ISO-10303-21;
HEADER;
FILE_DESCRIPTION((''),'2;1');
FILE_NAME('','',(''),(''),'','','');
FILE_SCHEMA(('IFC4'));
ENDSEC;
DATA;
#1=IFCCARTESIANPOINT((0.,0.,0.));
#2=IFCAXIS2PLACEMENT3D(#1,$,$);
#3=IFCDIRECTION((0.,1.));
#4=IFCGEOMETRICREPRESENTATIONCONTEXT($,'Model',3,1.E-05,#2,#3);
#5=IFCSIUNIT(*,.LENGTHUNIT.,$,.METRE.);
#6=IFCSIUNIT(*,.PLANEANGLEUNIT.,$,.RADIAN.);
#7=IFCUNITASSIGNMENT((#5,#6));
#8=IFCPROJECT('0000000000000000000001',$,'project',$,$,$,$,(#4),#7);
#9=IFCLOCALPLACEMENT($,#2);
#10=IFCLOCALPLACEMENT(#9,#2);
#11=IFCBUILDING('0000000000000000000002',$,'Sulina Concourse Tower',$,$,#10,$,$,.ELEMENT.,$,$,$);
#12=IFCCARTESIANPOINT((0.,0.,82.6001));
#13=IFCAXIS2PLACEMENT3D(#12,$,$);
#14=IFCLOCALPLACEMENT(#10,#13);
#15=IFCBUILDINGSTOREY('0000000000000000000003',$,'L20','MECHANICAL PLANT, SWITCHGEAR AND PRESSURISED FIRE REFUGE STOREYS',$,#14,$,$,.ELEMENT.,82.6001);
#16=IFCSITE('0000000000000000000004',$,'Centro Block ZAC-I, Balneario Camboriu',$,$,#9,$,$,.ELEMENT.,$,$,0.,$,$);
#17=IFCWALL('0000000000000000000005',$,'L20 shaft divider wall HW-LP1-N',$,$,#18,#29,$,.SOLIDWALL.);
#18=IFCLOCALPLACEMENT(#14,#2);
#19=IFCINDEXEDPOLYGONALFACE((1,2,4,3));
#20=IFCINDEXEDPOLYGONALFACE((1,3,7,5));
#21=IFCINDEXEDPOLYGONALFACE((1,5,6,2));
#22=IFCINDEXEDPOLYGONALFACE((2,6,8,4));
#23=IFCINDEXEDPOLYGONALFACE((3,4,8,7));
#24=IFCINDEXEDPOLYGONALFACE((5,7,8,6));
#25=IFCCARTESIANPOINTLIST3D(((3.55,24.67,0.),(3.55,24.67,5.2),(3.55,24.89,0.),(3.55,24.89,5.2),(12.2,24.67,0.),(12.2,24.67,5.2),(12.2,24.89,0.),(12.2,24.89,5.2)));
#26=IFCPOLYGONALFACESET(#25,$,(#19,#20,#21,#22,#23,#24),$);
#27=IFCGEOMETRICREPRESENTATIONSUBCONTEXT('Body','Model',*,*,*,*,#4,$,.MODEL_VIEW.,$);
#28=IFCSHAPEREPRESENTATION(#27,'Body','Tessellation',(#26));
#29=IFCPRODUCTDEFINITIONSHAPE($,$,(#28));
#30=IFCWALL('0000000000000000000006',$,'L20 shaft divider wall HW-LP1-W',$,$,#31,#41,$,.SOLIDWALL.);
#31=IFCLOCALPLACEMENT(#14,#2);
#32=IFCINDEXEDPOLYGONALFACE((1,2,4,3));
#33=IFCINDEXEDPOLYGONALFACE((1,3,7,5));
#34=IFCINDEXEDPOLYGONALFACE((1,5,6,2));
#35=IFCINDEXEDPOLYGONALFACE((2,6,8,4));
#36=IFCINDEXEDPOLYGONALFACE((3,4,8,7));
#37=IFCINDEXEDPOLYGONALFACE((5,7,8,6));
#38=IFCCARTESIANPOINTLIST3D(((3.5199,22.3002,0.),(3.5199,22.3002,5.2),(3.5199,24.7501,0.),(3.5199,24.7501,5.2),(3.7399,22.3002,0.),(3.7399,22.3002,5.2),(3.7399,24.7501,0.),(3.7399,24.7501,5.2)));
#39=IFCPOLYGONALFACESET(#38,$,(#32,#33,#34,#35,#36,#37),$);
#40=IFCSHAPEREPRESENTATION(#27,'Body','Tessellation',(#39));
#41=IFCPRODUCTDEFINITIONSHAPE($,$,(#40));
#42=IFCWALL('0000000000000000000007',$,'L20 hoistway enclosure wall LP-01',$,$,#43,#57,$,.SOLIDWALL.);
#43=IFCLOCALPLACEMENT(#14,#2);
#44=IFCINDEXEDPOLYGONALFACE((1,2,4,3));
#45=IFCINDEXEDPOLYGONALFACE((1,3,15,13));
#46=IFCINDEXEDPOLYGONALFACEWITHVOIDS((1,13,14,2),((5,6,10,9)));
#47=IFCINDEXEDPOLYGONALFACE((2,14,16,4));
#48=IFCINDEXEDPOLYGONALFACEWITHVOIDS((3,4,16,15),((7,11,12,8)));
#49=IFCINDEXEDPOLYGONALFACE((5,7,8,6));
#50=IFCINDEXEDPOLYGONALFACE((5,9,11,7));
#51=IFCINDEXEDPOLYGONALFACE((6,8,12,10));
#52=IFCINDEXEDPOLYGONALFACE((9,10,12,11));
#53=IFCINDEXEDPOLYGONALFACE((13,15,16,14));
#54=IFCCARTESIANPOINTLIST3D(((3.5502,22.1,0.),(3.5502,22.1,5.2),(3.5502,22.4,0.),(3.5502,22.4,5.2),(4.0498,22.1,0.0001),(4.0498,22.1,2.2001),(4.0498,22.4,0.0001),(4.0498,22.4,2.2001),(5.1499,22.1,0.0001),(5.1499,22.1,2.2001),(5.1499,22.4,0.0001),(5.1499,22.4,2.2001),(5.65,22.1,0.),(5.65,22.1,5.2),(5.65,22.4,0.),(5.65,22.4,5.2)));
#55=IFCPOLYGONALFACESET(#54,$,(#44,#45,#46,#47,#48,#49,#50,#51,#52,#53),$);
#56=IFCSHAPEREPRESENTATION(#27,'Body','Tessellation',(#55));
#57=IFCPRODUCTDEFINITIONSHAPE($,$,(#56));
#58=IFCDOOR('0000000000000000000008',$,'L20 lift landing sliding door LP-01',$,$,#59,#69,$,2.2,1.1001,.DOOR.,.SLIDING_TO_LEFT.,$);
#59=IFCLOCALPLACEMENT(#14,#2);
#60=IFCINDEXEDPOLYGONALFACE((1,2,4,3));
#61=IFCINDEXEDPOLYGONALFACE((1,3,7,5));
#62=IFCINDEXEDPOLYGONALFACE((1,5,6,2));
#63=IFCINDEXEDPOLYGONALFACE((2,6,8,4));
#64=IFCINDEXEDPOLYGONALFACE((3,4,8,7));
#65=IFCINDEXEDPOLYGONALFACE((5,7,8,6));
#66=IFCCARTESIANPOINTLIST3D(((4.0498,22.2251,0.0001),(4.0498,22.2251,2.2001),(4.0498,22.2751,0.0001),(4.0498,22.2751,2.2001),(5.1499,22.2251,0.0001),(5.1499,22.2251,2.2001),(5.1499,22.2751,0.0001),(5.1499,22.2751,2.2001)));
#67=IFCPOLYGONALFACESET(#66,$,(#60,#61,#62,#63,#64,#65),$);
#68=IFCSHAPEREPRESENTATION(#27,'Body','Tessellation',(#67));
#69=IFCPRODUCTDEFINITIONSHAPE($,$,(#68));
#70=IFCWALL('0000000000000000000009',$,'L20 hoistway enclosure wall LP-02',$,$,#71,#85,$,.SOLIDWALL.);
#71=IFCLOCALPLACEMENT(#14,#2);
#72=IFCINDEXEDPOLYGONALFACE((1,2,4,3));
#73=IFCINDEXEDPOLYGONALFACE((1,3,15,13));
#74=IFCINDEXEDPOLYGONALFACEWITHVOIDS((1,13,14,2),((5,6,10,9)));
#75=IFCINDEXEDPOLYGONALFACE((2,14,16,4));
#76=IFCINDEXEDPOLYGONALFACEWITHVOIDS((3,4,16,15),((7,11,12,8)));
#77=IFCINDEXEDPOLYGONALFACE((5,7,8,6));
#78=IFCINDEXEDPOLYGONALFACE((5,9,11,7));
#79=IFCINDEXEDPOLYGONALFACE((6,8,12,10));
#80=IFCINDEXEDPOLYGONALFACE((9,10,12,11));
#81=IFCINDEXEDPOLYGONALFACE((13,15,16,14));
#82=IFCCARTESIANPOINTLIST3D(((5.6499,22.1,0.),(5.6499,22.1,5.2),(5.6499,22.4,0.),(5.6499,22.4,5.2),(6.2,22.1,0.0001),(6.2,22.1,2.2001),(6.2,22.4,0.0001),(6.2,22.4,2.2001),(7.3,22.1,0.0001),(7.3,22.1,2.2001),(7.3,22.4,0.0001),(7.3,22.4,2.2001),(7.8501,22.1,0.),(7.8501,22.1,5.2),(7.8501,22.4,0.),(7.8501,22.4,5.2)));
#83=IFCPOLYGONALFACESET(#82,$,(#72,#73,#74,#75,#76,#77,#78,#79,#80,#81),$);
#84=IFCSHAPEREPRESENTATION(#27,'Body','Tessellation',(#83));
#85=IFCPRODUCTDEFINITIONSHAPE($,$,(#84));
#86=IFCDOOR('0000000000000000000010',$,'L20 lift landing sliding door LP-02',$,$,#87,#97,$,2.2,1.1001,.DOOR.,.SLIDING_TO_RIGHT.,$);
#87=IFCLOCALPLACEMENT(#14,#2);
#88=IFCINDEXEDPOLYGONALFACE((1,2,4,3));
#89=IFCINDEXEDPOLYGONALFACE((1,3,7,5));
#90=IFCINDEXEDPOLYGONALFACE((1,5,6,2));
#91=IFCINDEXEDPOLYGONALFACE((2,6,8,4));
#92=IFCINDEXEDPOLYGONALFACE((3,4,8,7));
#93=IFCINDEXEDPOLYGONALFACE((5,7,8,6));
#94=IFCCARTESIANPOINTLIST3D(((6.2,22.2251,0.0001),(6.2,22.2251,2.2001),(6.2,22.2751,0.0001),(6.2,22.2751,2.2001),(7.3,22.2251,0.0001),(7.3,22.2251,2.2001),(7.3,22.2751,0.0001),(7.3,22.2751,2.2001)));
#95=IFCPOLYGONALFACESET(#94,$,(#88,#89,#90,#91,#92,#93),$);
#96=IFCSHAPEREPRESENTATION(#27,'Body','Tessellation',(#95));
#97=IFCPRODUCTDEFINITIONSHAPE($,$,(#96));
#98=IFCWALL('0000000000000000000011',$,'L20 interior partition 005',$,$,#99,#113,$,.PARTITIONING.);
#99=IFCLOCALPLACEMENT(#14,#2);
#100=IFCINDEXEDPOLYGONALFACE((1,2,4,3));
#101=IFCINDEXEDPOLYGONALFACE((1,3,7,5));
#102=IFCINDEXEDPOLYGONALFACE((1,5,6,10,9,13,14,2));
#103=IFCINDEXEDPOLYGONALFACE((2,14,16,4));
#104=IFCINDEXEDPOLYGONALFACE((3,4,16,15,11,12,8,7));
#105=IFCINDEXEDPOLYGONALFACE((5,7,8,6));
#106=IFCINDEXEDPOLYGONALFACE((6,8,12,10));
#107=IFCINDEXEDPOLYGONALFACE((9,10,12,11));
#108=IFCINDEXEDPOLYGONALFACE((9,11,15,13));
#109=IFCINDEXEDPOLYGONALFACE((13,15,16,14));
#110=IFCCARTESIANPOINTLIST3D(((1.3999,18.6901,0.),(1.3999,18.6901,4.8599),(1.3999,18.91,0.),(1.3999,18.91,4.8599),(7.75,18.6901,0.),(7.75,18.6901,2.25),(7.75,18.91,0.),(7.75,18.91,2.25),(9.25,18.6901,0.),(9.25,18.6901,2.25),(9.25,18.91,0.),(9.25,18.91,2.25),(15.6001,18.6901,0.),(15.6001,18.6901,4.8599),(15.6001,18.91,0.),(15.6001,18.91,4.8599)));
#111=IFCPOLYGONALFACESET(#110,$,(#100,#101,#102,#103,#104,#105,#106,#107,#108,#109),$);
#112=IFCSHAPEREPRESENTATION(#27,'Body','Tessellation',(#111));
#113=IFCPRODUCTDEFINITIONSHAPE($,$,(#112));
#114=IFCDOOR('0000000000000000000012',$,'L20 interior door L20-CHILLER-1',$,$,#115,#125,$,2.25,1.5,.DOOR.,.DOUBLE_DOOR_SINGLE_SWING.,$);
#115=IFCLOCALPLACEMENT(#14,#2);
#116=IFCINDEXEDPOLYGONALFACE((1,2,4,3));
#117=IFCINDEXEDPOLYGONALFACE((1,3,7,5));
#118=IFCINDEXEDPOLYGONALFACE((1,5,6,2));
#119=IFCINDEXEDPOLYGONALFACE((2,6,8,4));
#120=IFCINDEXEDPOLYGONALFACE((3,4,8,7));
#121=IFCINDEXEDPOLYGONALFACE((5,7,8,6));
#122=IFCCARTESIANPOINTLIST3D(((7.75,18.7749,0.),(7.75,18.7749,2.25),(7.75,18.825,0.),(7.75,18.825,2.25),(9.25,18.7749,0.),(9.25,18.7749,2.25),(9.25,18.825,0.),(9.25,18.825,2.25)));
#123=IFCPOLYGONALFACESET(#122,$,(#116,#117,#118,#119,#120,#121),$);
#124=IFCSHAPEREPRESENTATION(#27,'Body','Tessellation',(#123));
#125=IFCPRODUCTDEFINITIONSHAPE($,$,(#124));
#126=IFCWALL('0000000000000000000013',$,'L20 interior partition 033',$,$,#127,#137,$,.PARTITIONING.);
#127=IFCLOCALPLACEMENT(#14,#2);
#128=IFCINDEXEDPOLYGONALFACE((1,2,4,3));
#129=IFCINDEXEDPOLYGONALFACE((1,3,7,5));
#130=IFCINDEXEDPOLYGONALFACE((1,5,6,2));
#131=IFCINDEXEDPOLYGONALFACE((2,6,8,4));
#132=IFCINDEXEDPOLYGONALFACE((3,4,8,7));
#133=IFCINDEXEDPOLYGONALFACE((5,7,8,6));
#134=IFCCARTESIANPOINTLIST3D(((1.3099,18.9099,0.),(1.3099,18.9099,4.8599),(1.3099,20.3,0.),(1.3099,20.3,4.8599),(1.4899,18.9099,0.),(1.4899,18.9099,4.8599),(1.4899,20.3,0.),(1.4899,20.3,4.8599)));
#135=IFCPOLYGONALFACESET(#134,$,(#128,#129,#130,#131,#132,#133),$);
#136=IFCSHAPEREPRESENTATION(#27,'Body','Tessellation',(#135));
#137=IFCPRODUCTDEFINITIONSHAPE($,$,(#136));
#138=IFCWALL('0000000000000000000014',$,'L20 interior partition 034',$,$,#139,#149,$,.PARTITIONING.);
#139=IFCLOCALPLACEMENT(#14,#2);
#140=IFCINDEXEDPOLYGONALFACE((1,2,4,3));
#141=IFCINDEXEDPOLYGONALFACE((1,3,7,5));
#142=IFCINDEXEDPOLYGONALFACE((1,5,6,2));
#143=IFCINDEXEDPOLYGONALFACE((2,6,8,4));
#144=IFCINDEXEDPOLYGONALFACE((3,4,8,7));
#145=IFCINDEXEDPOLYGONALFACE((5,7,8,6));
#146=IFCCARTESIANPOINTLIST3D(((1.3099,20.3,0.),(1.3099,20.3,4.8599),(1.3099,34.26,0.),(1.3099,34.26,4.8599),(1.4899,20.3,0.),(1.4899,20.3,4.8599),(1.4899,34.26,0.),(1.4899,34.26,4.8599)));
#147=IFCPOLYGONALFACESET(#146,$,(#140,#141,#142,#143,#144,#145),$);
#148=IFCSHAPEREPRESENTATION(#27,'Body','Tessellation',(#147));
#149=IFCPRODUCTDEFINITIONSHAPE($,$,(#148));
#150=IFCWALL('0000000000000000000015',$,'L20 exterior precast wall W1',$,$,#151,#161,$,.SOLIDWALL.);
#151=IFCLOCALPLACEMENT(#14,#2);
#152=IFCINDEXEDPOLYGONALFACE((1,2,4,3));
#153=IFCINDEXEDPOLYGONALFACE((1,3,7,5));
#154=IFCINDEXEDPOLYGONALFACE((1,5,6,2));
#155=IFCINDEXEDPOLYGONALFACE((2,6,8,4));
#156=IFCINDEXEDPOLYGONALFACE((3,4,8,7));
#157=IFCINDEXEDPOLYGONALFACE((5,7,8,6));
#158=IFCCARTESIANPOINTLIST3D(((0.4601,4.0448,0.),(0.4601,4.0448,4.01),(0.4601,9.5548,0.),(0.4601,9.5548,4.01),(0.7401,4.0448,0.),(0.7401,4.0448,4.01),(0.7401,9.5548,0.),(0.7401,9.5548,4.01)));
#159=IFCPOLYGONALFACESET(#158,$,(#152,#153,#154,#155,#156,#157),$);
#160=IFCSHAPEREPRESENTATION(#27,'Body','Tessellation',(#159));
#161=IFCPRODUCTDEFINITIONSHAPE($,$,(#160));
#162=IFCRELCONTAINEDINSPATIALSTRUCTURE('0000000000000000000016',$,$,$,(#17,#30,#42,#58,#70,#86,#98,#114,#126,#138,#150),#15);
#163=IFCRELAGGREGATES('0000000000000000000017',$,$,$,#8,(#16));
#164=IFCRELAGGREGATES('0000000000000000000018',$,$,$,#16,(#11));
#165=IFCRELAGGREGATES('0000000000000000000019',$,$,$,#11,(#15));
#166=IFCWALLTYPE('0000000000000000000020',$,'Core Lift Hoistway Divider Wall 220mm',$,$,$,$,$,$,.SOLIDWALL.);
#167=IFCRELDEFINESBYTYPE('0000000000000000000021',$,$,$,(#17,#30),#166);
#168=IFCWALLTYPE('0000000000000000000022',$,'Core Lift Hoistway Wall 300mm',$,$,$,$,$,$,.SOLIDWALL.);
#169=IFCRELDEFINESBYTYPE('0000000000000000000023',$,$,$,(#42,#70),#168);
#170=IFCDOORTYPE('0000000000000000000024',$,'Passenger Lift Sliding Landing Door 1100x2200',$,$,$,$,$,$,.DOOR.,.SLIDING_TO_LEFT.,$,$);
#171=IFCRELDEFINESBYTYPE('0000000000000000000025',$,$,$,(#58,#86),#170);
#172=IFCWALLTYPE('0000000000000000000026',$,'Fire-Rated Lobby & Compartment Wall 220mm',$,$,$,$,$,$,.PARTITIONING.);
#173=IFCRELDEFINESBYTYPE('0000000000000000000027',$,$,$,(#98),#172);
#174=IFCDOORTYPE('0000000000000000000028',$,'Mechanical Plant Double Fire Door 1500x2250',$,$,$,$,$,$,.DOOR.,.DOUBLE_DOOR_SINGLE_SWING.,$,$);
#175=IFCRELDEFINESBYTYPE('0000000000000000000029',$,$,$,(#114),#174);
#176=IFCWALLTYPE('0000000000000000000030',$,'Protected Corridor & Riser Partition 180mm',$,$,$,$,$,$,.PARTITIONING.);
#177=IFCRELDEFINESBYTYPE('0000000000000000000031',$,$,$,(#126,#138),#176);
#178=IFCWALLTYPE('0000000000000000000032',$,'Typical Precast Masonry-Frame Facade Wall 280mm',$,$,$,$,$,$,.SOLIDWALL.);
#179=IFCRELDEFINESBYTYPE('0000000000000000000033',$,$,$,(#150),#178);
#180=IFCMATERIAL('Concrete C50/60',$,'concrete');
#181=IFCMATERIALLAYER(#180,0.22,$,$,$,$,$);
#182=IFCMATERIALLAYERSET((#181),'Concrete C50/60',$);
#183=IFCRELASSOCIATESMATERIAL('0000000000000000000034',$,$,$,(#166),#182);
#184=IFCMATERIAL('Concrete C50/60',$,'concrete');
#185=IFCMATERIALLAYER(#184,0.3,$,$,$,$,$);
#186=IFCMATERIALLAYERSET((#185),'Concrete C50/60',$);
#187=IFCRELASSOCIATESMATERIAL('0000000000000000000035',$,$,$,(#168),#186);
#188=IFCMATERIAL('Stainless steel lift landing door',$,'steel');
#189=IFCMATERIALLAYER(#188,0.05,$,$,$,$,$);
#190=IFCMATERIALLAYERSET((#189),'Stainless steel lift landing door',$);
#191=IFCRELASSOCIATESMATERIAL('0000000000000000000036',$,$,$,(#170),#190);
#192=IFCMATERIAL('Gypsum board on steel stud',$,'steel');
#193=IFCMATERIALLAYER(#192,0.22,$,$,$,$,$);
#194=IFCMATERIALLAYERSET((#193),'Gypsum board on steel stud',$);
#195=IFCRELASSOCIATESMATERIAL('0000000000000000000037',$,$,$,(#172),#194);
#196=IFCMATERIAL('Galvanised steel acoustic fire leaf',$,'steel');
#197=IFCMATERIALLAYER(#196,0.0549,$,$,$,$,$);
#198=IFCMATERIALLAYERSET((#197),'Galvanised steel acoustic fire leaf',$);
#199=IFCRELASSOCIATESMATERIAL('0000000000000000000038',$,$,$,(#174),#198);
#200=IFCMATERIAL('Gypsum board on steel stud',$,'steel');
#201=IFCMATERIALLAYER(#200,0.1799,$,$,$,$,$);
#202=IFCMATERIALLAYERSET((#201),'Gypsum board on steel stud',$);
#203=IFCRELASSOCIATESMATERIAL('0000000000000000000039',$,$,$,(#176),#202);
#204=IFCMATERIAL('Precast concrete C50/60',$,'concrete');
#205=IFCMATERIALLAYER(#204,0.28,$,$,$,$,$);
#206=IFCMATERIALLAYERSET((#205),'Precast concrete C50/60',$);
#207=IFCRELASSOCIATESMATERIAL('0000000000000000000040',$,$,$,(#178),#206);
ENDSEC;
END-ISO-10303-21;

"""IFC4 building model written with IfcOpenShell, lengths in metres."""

from ifc_helpers import new_model, si_unit, direction, frame, frame_2d, origin, place, context, subcontext, project, spatial, rectangle, extrude, material, layer, layer_set, type_object, element, fill, save


model = new_model("IFC4")

# Units and contexts
model_context = context("Model", 3, precision=1e-05, world=origin(), true_north=direction((0.0, 1.0)))
body_context = subcontext(model_context, "Body", "Model", "MODEL_VIEW")
ifc_project = project(units=[si_unit("LENGTHUNIT", "METRE"), si_unit("PLANEANGLEUNIT", "RADIAN")], contexts=[model_context])

# Site, building, storey
site_placement = place(None, origin())
site = spatial("IfcSite", under=ifc_project, at=site_placement, Name="Centro Block ZAC-I, Balneario Camboriu", CompositionType="ELEMENT", RefElevation=0.0)
building_placement = place(site_placement, origin())
building = spatial("IfcBuilding", under=site, at=building_placement, Name="Sulina Concourse Tower", CompositionType="ELEMENT")
storey_placement = place(building_placement, frame((0.0, 0.0, 82.6001)))
storey = spatial("IfcBuildingStorey", under=building, at=storey_placement, Name="L20", Description="MECHANICAL PLANT, SWITCHGEAR AND PRESSURISED FIRE REFUGE STOREYS", CompositionType="ELEMENT", Elevation=82.6001)

# Walls
ifc_material_1 = material(Name="Concrete C50/60", Category="concrete")
ifc_layer_1 = layer(ifc_material_1, 0.22)
ifc_layer_set_1 = layer_set([ifc_layer_1], Name="Concrete C50/60")
wall_type_1 = type_object("IfcWallType", Name="Core Lift Hoistway Divider Wall 220mm", PredefinedType="SOLIDWALL", material=ifc_layer_set_1)
wall_1_placement = place(storey_placement, frame((3.55, 24.78, 0.0), z_axis=(0.0, 0.0, 1.0), x_axis=(1.0, 0.0, 0.0)))
element("IfcWall", 1, at=wall_1_placement, inside=storey, type_object=wall_type_1, Name="L20 shaft divider wall HW-LP1-N", PredefinedType="SOLIDWALL", context=body_context, shape_type="SweptSolid", body=[
    extrude(rectangle(XDim=8.6499, YDim=0.22, at=frame_2d((4.325, 0.0))), origin(), (0.0, 0.0, 1.0), 5.2),
])
wall_2_placement = place(storey_placement, frame((3.6299, 22.3, 0.0), z_axis=(0.0, 0.0, 1.0), x_axis=(0.0, 1.0, 0.0)))
element("IfcWall", 2, at=wall_2_placement, inside=storey, type_object=wall_type_1, Name="L20 shaft divider wall HW-LP1-W", PredefinedType="SOLIDWALL", context=body_context, shape_type="SweptSolid", body=[
    extrude(rectangle(XDim=2.45, YDim=0.22, at=frame_2d((1.2251, 0.0))), origin(), (0.0, 0.0, 1.0), 5.2),
])

# Walls, openings, doors
ifc_material_2 = material(Name="Concrete C50/60", Category="concrete")
ifc_layer_2 = layer(ifc_material_2, 0.3)
ifc_layer_set_2 = layer_set([ifc_layer_2], Name="Concrete C50/60")
wall_type_2 = type_object("IfcWallType", Name="Core Lift Hoistway Wall 300mm", PredefinedType="SOLIDWALL", material=ifc_layer_set_2)
wall_3_placement = place(storey_placement, frame((5.6499, 22.25, 0.0), z_axis=(0.0, 0.0, 1.0), x_axis=(-1.0, 0.0, 0.0)))
wall_3 = element("IfcWall", 3, at=wall_3_placement, inside=storey, type_object=wall_type_2, Name="L20 hoistway enclosure wall LP-01", PredefinedType="SOLIDWALL", context=body_context, shape_type="SweptSolid", body=[
    extrude(rectangle(XDim=2.0999, YDim=0.3, at=frame_2d((1.0498, 0.0))), origin(), (0.0, 0.0, 1.0), 5.2),
])
opening_1_placement = place(wall_3_placement, frame((0.5, 0.0, 0.0)))
opening_1 = element("IfcOpeningElement", 4, at=opening_1_placement, cuts=wall_3, PredefinedType="OPENING", context=body_context, shape_type="SweptSolid", body=[
    extrude(rectangle(XDim=1.1001, YDim=2.2, at=frame_2d((0.55, 1.1001))), frame((0.0, 0.1599, 0.0), z_axis=(0.0, -1.0, 0.0), x_axis=(1.0, 0.0, 0.0)), (0.0, 0.0, 1.0), 0.3201),
])
ifc_material_3 = material(Name="Stainless steel lift landing door", Category="steel")
ifc_layer_3 = layer(ifc_material_3, 0.05)
ifc_layer_set_3 = layer_set([ifc_layer_3], Name="Stainless steel lift landing door")
door_type_1 = type_object("IfcDoorType", Name="Passenger Lift Sliding Landing Door 1100x2200", OperationType="SLIDING_TO_LEFT", PredefinedType="DOOR", material=ifc_layer_set_3)
door_1_placement = place(opening_1_placement, origin())
door_1 = element("IfcDoor", 5, at=door_1_placement, inside=storey, type_object=door_type_1, Name="L20 lift landing sliding door LP-01", OperationType="SLIDING_TO_LEFT", OverallHeight=2.2, OverallWidth=1.1001, PredefinedType="DOOR", context=body_context, shape_type="SweptSolid", body=[
    extrude(rectangle(XDim=1.1001, YDim=2.2, at=frame_2d((0.55, 1.1001))), frame((0.0, 0.0249, 0.0), z_axis=(0.0, -1.0, 0.0), x_axis=(1.0, 0.0, 0.0)), (0.0, 0.0, 1.0), 0.05),
])
fill(opening_1, door_1)
wall_4_placement = place(storey_placement, frame((7.8501, 22.25, 0.0), z_axis=(0.0, 0.0, 1.0), x_axis=(-1.0, 0.0, 0.0)))
wall_4 = element("IfcWall", 6, at=wall_4_placement, inside=storey, type_object=wall_type_2, Name="L20 hoistway enclosure wall LP-02", PredefinedType="SOLIDWALL", context=body_context, shape_type="SweptSolid", body=[
    extrude(rectangle(XDim=2.2002, YDim=0.3, at=frame_2d((1.1001, 0.0))), origin(), (0.0, 0.0, 1.0), 5.2),
])
opening_2_placement = place(wall_4_placement, frame((0.55, 0.0, 0.0)))
opening_2 = element("IfcOpeningElement", 7, at=opening_2_placement, cuts=wall_4, PredefinedType="OPENING", context=body_context, shape_type="SweptSolid", body=[
    extrude(rectangle(XDim=1.1001, YDim=2.2, at=frame_2d((0.55, 1.1001))), frame((0.0, 0.1599, 0.0), z_axis=(0.0, -1.0, 0.0), x_axis=(1.0, 0.0, 0.0)), (0.0, 0.0, 1.0), 0.3201),
])
door_2_placement = place(opening_2_placement, origin())
door_2 = element("IfcDoor", 8, at=door_2_placement, inside=storey, type_object=door_type_1, Name="L20 lift landing sliding door LP-02", OperationType="SLIDING_TO_RIGHT", OverallHeight=2.2, OverallWidth=1.1001, PredefinedType="DOOR", context=body_context, shape_type="SweptSolid", body=[
    extrude(rectangle(XDim=1.1001, YDim=2.2, at=frame_2d((0.55, 1.1001))), frame((0.0, 0.0249, 0.0), z_axis=(0.0, -1.0, 0.0), x_axis=(1.0, 0.0, 0.0)), (0.0, 0.0, 1.0), 0.05),
])
fill(opening_2, door_2)
ifc_material_4 = material(Name="Gypsum board on steel stud", Category="steel")
ifc_layer_4 = layer(ifc_material_4, 0.22)
ifc_layer_set_4 = layer_set([ifc_layer_4], Name="Gypsum board on steel stud")
wall_type_3 = type_object("IfcWallType", Name="Fire-Rated Lobby & Compartment Wall 220mm", PredefinedType="PARTITIONING", material=ifc_layer_set_4)
wall_5_placement = place(storey_placement, frame((1.3999, 18.8, 0.0), z_axis=(0.0, 0.0, 1.0), x_axis=(1.0, 0.0, 0.0)))
wall_5 = element("IfcWall", 9, at=wall_5_placement, inside=storey, type_object=wall_type_3, Name="L20 interior partition 005", PredefinedType="PARTITIONING", context=body_context, shape_type="SweptSolid", body=[
    extrude(rectangle(XDim=14.2002, YDim=0.22, at=frame_2d((7.1001, 0.0))), origin(), (0.0, 0.0, 1.0), 4.8599),
])
opening_3_placement = place(wall_5_placement, frame((6.3501, 0.0, 0.0)))
opening_3 = element("IfcOpeningElement", 10, at=opening_3_placement, cuts=wall_5, PredefinedType="OPENING", context=body_context, shape_type="SweptSolid", body=[
    extrude(rectangle(XDim=1.5, YDim=2.25, at=frame_2d((0.75, 1.125))), frame((0.0, 0.1199, 0.0), z_axis=(0.0, -1.0, 0.0), x_axis=(1.0, 0.0, 0.0)), (0.0, 0.0, 1.0), 0.24),
])
ifc_material_5 = material(Name="Galvanised steel acoustic fire leaf", Category="steel")
ifc_layer_5 = layer(ifc_material_5, 0.0549)
ifc_layer_set_5 = layer_set([ifc_layer_5], Name="Galvanised steel acoustic fire leaf")
door_type_2 = type_object("IfcDoorType", Name="Mechanical Plant Double Fire Door 1500x2250", OperationType="DOUBLE_DOOR_SINGLE_SWING", PredefinedType="DOOR", material=ifc_layer_set_5)
door_3_placement = place(opening_3_placement, origin())
door_3 = element("IfcDoor", 11, at=door_3_placement, inside=storey, type_object=door_type_2, Name="L20 interior door L20-CHILLER-1", OperationType="DOUBLE_DOOR_SINGLE_SWING", OverallHeight=2.25, OverallWidth=1.5, PredefinedType="DOOR", context=body_context, shape_type="SweptSolid", body=[
    extrude(rectangle(XDim=1.5, YDim=2.25, at=frame_2d((0.75, 1.125))), frame((0.0, 0.0249, 0.0), z_axis=(0.0, -1.0, 0.0), x_axis=(1.0, 0.0, 0.0)), (0.0, 0.0, 1.0), 0.05),
])
fill(opening_3, door_3)

# Walls
ifc_material_6 = material(Name="Gypsum board on steel stud", Category="steel")
ifc_layer_6 = layer(ifc_material_6, 0.1799)
ifc_layer_set_6 = layer_set([ifc_layer_6], Name="Gypsum board on steel stud")
wall_type_4 = type_object("IfcWallType", Name="Protected Corridor & Riser Partition 180mm", PredefinedType="PARTITIONING", material=ifc_layer_set_6)
wall_6_placement = place(storey_placement, frame((1.3999, 18.9099, 0.0), z_axis=(0.0, 0.0, 1.0), x_axis=(0.0, 1.0, 0.0)))
element("IfcWall", 12, at=wall_6_placement, inside=storey, type_object=wall_type_4, Name="L20 interior partition 033", PredefinedType="PARTITIONING", context=body_context, shape_type="SweptSolid", body=[
    extrude(rectangle(XDim=1.3901, YDim=0.1799, at=frame_2d((0.6951, 0.0))), origin(), (0.0, 0.0, 1.0), 4.8599),
])
wall_7_placement = place(storey_placement, frame((1.3999, 20.3, 0.0), z_axis=(0.0, 0.0, 1.0), x_axis=(0.0, 1.0, 0.0)))
element("IfcWall", 13, at=wall_7_placement, inside=storey, type_object=wall_type_4, Name="L20 interior partition 034", PredefinedType="PARTITIONING", context=body_context, shape_type="SweptSolid", body=[
    extrude(rectangle(XDim=13.96, YDim=0.1799, at=frame_2d((6.98, 0.0))), origin(), (0.0, 0.0, 1.0), 4.8599),
])
ifc_material_7 = material(Name="Precast concrete C50/60", Category="concrete")
ifc_layer_7 = layer(ifc_material_7, 0.28)
ifc_layer_set_7 = layer_set([ifc_layer_7], Name="Precast concrete C50/60")
wall_type_5 = type_object("IfcWallType", Name="Typical Precast Masonry-Frame Facade Wall 280mm", PredefinedType="SOLIDWALL", material=ifc_layer_set_7)
wall_8_placement = place(storey_placement, frame((0.6001, 4.0449, 0.0), z_axis=(0.0, 0.0, 1.0), x_axis=(0.0, 1.0, 0.0)))
element("IfcWall", 14, at=wall_8_placement, inside=storey, type_object=wall_type_5, Name="L20 exterior precast wall W1", PredefinedType="SOLIDWALL", context=body_context, shape_type="SweptSolid", body=[
    extrude(rectangle(XDim=5.51, YDim=0.28, at=frame_2d((2.7549, 0.0))), origin(), (0.0, 0.0, 1.0), 4.01),
])

save(model, "model.ifc")
